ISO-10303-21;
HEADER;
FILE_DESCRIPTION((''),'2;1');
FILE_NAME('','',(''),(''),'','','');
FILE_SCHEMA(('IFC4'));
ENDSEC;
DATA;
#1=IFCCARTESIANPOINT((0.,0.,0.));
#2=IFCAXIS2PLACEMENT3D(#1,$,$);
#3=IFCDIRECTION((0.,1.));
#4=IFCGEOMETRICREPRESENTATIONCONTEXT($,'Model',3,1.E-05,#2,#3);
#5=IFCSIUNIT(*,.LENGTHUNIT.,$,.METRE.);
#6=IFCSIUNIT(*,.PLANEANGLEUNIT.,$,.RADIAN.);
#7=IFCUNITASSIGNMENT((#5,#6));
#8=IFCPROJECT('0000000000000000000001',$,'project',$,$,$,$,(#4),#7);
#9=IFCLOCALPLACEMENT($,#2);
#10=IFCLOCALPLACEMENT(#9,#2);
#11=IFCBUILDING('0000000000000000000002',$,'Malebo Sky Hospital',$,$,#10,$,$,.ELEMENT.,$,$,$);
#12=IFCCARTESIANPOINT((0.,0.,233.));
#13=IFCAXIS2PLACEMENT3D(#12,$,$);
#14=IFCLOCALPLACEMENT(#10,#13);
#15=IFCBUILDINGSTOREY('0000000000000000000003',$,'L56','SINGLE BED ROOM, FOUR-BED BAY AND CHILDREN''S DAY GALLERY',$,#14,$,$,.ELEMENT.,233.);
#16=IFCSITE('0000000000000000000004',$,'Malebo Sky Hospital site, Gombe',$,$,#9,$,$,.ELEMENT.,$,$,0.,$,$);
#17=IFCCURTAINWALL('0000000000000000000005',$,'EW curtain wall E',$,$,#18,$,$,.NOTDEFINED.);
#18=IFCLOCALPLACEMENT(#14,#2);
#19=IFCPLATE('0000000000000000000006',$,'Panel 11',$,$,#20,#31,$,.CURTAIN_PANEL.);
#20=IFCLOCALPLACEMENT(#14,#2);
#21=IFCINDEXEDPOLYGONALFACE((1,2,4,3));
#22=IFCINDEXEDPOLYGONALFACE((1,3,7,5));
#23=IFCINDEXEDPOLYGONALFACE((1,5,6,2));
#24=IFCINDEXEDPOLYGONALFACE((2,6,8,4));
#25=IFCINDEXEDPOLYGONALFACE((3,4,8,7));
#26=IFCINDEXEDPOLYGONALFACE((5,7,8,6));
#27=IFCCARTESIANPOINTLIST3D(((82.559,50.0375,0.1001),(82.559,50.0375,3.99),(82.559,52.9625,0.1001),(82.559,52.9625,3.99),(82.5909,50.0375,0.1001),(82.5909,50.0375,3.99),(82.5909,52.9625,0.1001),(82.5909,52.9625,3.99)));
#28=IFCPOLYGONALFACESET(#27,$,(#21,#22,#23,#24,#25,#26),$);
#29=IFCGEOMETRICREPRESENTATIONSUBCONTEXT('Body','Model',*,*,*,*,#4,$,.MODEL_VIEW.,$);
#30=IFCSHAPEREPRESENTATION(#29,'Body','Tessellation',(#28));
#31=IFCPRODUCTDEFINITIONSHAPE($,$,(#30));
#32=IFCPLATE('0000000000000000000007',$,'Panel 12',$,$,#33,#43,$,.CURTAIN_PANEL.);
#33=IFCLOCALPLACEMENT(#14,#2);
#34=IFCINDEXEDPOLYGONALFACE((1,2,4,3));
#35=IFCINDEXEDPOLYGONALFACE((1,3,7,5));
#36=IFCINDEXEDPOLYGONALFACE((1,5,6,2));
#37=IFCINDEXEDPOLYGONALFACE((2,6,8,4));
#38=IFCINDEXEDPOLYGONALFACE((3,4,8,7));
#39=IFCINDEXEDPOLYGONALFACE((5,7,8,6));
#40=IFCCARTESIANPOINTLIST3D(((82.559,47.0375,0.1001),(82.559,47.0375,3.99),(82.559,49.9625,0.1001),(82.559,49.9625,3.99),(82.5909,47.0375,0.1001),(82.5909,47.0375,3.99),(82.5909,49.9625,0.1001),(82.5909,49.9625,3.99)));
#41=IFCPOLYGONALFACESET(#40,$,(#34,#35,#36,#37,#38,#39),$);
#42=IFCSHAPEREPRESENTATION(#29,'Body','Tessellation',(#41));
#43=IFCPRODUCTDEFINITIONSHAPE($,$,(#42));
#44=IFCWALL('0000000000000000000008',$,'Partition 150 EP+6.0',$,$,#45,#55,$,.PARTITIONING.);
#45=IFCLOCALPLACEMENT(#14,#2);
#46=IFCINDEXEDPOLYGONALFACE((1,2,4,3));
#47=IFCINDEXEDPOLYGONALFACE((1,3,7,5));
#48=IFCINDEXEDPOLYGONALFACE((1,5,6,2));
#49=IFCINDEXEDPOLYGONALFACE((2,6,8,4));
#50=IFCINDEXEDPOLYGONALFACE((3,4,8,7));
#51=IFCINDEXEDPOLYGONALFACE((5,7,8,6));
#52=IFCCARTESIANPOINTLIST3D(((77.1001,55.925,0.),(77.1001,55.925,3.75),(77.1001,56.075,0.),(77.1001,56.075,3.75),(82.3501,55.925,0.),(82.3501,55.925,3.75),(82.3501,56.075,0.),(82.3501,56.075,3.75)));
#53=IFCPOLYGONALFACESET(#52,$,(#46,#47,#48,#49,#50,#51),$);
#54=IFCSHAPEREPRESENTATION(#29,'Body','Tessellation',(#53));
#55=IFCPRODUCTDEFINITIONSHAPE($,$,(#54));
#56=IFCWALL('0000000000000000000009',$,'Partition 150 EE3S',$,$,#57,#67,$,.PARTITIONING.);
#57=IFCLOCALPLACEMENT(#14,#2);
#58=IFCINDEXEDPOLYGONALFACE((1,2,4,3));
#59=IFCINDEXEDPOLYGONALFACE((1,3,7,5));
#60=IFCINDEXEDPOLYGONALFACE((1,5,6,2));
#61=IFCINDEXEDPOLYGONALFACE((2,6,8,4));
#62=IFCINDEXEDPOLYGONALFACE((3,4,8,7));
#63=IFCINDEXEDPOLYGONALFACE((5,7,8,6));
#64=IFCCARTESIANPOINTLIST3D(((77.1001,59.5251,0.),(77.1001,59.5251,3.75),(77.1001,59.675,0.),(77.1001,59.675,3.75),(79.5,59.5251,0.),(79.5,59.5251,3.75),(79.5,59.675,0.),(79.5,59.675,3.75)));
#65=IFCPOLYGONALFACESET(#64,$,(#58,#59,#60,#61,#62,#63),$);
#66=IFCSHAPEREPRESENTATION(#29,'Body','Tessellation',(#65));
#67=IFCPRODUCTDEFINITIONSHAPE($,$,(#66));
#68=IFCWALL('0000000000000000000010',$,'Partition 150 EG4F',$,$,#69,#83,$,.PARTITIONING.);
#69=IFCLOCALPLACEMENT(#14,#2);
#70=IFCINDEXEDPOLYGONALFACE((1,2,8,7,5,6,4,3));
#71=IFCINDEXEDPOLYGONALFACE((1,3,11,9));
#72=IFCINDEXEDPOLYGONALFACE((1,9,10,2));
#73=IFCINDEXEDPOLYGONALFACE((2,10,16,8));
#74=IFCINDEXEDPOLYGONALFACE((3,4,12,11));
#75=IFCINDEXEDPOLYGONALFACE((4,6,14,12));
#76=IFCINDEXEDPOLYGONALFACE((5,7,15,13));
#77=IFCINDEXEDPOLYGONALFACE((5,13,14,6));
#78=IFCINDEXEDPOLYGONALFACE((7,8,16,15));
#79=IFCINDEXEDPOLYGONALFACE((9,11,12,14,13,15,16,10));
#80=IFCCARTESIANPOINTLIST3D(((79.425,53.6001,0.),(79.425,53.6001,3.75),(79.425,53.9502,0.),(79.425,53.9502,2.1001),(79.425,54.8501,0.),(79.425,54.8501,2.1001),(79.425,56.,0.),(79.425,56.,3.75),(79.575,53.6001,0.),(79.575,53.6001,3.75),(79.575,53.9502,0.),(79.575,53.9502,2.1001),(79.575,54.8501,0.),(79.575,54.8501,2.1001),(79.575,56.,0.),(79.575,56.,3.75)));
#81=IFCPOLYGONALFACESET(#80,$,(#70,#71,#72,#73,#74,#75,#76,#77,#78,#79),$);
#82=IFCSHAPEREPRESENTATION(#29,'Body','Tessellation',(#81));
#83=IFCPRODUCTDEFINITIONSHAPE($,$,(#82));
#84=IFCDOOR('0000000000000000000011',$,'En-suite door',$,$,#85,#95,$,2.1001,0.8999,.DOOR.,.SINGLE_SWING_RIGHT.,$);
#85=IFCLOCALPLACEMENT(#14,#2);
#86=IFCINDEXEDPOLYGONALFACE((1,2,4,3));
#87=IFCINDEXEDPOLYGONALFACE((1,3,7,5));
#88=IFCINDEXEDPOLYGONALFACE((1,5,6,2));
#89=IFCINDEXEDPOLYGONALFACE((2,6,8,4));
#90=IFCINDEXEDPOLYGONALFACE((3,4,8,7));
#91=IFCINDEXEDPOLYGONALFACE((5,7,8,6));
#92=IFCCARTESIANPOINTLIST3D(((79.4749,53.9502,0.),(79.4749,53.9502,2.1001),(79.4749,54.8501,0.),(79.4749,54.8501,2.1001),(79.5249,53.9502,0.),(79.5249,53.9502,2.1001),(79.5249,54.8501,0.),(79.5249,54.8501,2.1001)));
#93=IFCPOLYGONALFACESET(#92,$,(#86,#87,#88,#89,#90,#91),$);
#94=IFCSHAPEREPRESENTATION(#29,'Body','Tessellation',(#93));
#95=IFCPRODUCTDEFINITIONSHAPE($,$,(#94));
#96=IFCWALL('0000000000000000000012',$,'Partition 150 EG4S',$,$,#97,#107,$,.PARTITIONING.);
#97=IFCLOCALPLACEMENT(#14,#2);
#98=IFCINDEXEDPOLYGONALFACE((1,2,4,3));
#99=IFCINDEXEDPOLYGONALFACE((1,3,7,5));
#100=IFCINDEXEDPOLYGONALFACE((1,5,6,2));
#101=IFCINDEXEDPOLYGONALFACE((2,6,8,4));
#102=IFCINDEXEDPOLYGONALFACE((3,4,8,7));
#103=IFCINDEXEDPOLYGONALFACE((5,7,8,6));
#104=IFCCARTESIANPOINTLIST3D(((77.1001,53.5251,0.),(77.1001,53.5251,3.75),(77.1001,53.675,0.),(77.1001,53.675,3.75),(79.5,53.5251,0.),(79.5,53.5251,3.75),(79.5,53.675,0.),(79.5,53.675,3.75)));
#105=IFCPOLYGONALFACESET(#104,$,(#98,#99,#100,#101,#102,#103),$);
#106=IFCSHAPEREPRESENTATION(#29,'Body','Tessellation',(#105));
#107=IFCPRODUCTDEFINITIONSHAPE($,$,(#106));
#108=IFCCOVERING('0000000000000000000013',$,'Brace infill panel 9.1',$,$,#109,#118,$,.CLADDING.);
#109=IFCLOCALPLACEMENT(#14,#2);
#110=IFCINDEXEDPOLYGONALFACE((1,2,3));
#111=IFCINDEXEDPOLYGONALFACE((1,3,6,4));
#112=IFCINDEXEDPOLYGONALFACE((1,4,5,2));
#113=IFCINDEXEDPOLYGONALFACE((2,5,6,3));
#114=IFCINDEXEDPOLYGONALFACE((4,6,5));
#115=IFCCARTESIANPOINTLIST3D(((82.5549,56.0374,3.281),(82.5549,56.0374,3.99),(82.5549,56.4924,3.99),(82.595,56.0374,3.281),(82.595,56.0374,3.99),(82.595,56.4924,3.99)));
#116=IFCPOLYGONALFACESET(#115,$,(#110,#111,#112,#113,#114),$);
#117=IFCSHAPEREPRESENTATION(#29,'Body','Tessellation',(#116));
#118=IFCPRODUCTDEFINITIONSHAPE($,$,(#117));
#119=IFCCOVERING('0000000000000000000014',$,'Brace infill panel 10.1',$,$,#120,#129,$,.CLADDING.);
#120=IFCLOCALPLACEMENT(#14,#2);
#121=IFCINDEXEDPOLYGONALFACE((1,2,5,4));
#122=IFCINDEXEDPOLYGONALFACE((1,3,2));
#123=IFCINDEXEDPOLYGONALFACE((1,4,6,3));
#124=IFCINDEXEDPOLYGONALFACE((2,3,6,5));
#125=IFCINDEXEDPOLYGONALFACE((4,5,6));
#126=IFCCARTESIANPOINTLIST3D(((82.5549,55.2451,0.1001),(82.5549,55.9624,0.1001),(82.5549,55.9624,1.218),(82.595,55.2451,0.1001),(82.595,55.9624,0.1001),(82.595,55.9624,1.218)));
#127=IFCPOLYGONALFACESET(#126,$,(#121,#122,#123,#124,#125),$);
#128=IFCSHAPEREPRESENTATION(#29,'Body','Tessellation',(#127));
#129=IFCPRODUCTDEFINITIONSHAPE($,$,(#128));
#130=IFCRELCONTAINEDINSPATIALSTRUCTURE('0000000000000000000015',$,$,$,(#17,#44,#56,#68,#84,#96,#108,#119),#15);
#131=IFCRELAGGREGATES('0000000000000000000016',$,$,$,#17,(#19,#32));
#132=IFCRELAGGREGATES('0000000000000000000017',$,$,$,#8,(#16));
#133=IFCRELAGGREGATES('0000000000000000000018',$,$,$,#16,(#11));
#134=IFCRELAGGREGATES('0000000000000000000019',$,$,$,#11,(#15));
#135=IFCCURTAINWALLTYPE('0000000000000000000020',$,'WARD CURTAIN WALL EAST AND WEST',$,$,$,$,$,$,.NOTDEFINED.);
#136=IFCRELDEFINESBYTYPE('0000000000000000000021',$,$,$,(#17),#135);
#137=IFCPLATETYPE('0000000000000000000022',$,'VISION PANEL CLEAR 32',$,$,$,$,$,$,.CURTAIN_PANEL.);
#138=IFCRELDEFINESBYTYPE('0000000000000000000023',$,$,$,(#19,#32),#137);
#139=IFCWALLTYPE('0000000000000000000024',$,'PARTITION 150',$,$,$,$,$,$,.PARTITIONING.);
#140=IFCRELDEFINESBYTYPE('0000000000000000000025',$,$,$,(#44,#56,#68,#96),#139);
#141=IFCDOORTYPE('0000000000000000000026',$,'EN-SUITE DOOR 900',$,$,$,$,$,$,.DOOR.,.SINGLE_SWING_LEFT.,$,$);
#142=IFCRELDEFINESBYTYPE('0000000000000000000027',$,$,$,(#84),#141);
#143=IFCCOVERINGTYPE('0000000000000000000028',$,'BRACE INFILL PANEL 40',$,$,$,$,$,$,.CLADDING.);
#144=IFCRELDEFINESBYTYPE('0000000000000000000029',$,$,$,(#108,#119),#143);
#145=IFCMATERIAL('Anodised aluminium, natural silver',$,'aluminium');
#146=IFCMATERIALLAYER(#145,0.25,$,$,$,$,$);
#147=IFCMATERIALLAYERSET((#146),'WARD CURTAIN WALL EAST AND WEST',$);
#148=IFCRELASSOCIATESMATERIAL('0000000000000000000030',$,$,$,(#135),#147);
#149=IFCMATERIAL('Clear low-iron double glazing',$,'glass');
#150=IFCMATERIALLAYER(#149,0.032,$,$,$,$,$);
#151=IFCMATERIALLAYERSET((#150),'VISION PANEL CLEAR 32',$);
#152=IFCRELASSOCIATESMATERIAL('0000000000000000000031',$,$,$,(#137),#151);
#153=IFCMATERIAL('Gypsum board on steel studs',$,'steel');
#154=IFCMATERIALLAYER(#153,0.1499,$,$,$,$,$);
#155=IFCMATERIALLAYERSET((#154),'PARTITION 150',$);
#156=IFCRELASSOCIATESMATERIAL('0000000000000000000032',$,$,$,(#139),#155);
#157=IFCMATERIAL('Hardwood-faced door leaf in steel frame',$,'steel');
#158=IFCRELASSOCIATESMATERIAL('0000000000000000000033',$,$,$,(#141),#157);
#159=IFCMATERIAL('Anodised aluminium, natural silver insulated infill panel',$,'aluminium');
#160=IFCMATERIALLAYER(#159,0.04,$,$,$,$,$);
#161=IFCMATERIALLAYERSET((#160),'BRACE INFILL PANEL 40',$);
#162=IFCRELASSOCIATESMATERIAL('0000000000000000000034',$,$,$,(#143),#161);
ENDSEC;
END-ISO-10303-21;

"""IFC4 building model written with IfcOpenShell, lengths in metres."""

from ifc_helpers import new_model, si_unit, direction, frame, frame_2d, origin, origin_2d, place, context, subcontext, project, spatial, polyline, rectangle, outline, extrude, material, layer, layer_set, type_object, element, fill, aggregate, save


model = new_model("IFC4")

# Units and contexts
model_context = context("Model", 3, precision=1e-05, world=origin(), true_north=direction((0.0, 1.0)))
body_context = subcontext(model_context, "Body", "Model", "MODEL_VIEW")
ifc_project = project(units=[si_unit("LENGTHUNIT", "METRE"), si_unit("PLANEANGLEUNIT", "RADIAN")], contexts=[model_context])

# Site, building, storey
site_placement = place(None, origin())
site = spatial("IfcSite", under=ifc_project, at=site_placement, Name="Malebo Sky Hospital site, Gombe", CompositionType="ELEMENT", RefElevation=0.0)
building_placement = place(site_placement, origin())
building = spatial("IfcBuilding", under=site, at=building_placement, Name="Malebo Sky Hospital", CompositionType="ELEMENT")
storey_placement = place(building_placement, frame((0.0, 0.0, 233.0)))
storey = spatial("IfcBuildingStorey", under=building, at=storey_placement, Name="L56", Description="SINGLE BED ROOM, FOUR-BED BAY AND CHILDREN'S DAY GALLERY", CompositionType="ELEMENT", Elevation=233.0)

# Curtain wall
ifc_material_1 = material(Name="Anodised aluminium, natural silver", Category="aluminium")
ifc_layer_1 = layer(ifc_material_1, 0.25)
ifc_layer_set_1 = layer_set([ifc_layer_1], Name="WARD CURTAIN WALL EAST AND WEST")
curtain_wall_type = type_object("IfcCurtainWallType", Name="WARD CURTAIN WALL EAST AND WEST", PredefinedType="NOTDEFINED", material=ifc_layer_set_1)
curtain_wall_placement = place(storey_placement, origin())
curtain_wall = element("IfcCurtainWall", 1, at=curtain_wall_placement, inside=storey, type_object=curtain_wall_type, Name="EW curtain wall E", PredefinedType="NOTDEFINED")

# Plates
ifc_material_2 = material(Name="Clear low-iron double glazing", Category="glass")
ifc_layer_2 = layer(ifc_material_2, 0.032)
ifc_layer_set_2 = layer_set([ifc_layer_2], Name="VISION PANEL CLEAR 32")
plate_type = type_object("IfcPlateType", Name="VISION PANEL CLEAR 32", PredefinedType="CURTAIN_PANEL", material=ifc_layer_set_2)
plate_1_placement = place(storey_placement, frame((82.575, 51.5, 0.1001), z_axis=(0.0, 0.0, 1.0), x_axis=(0.0, -1.0, 0.0)))
plate_1 = element("IfcPlate", 2, at=plate_1_placement, type_object=plate_type, Name="Panel 11", PredefinedType="CURTAIN_PANEL", context=body_context, shape_type="SweptSolid", body=[
    extrude(rectangle(XDim=2.925, YDim=0.032, at=origin_2d()), origin(), (0.0, 0.0, 1.0), 3.8899),
])
plate_2_placement = place(storey_placement, frame((82.575, 48.5, 0.1001), z_axis=(0.0, 0.0, 1.0), x_axis=(0.0, -1.0, 0.0)))
plate_2 = element("IfcPlate", 3, at=plate_2_placement, type_object=plate_type, Name="Panel 12", PredefinedType="CURTAIN_PANEL", context=body_context, shape_type="SweptSolid", body=[
    extrude(rectangle(XDim=2.925, YDim=0.032, at=origin_2d()), origin(), (0.0, 0.0, 1.0), 3.8899),
])
aggregate(curtain_wall, [plate_1, plate_2])

# Walls
ifc_material_3 = material(Name="Gypsum board on steel studs", Category="steel")
ifc_layer_3 = layer(ifc_material_3, 0.1499)
ifc_layer_set_3 = layer_set([ifc_layer_3], Name="PARTITION 150")
wall_type = type_object("IfcWallType", Name="PARTITION 150", PredefinedType="PARTITIONING", material=ifc_layer_set_3)
wall_1_placement = place(storey_placement, frame((77.1001, 56.0, 0.0), z_axis=(0.0, 0.0, 1.0), x_axis=(1.0, 0.0, 0.0)))
element("IfcWall", 4, at=wall_1_placement, inside=storey, type_object=wall_type, Name="Partition 150 EP+6.0", PredefinedType="PARTITIONING", context=body_context, shape_type="SweptSolid", body=[
    extrude(rectangle(XDim=5.25, YDim=0.1499, at=frame_2d((2.625, 0.0))), origin(), (0.0, 0.0, 1.0), 3.75),
])
wall_2_placement = place(storey_placement, frame((77.1001, 59.6001, 0.0), z_axis=(0.0, 0.0, 1.0), x_axis=(1.0, 0.0, 0.0)))
element("IfcWall", 5, at=wall_2_placement, inside=storey, type_object=wall_type, Name="Partition 150 EE3S", PredefinedType="PARTITIONING", context=body_context, shape_type="SweptSolid", body=[
    extrude(rectangle(XDim=2.3999, YDim=0.1499, at=frame_2d((1.2, 0.0))), origin(), (0.0, 0.0, 1.0), 3.75),
])

# Wall, opening, door
wall_3_placement = place(storey_placement, frame((79.5, 56.0, 0.0), z_axis=(0.0, 0.0, 1.0), x_axis=(0.0, -1.0, 0.0)))
wall_3 = element("IfcWall", 6, at=wall_3_placement, inside=storey, type_object=wall_type, Name="Partition 150 EG4F", PredefinedType="PARTITIONING", context=body_context, shape_type="SweptSolid", body=[
    extrude(rectangle(XDim=2.3999, YDim=0.1499, at=frame_2d((1.2, 0.0))), origin(), (0.0, 0.0, 1.0), 3.75),
])
opening_placement = place(wall_3_placement, frame((1.1499, 0.0, 0.0)))
opening = element("IfcOpeningElement", 7, at=opening_placement, cuts=wall_3, PredefinedType="OPENING", context=body_context, shape_type="SweptSolid", body=[
    extrude(rectangle(XDim=0.8999, YDim=2.1001, at=frame_2d((0.45, 1.05))), frame((0.0, 0.085, 0.0), z_axis=(0.0, -1.0, 0.0), x_axis=(1.0, 0.0, 0.0)), (0.0, 0.0, 1.0), 0.1699),
])
ifc_material_4 = material(Name="Hardwood-faced door leaf in steel frame", Category="steel")
door_type = type_object("IfcDoorType", Name="EN-SUITE DOOR 900", OperationType="SINGLE_SWING_LEFT", PredefinedType="DOOR", material=ifc_material_4)
door_placement = place(opening_placement, origin())
door = element("IfcDoor", 8, at=door_placement, inside=storey, type_object=door_type, Name="En-suite door", OperationType="SINGLE_SWING_RIGHT", OverallHeight=2.1001, OverallWidth=0.8999, PredefinedType="DOOR", context=body_context, shape_type="SweptSolid", body=[
    extrude(rectangle(XDim=0.8999, YDim=2.1001, at=frame_2d((0.45, 1.05))), frame((0.0, 0.0249, 0.0), z_axis=(0.0, -1.0, 0.0), x_axis=(1.0, 0.0, 0.0)), (0.0, 0.0, 1.0), 0.05),
])
fill(opening, door)

# Wall
wall_4_placement = place(storey_placement, frame((77.1001, 53.6001, 0.0), z_axis=(0.0, 0.0, 1.0), x_axis=(1.0, 0.0, 0.0)))
element("IfcWall", 9, at=wall_4_placement, inside=storey, type_object=wall_type, Name="Partition 150 EG4S", PredefinedType="PARTITIONING", context=body_context, shape_type="SweptSolid", body=[
    extrude(rectangle(XDim=2.3999, YDim=0.1499, at=frame_2d((1.2, 0.0))), origin(), (0.0, 0.0, 1.0), 3.75),
])

# Coverings
ifc_material_5 = material(Name="Anodised aluminium, natural silver insulated infill panel", Category="aluminium")
ifc_layer_4 = layer(ifc_material_5, 0.04)
ifc_layer_set_4 = layer_set([ifc_layer_4], Name="BRACE INFILL PANEL 40")
covering_type = type_object("IfcCoveringType", Name="BRACE INFILL PANEL 40", PredefinedType="CLADDING", material=ifc_layer_set_4)
covering_1_placement = place(storey_placement, frame((82.575, 56.2649, 3.281), z_axis=(0.0, 0.0, 1.0), x_axis=(0.0, -1.0, 0.0)))
element("IfcCovering", 10, at=covering_1_placement, inside=storey, type_object=covering_type, Name="Brace infill panel 9.1", PredefinedType="CLADDING", context=body_context, shape_type="SweptSolid", body=[
    extrude(outline(polyline([(0.2275, 0.0), (0.2275, 0.709), (-0.2275, 0.709), (0.2275, 0.0)])), frame((0.0, 0.02, 0.0), z_axis=(0.0, -1.0, 0.0), x_axis=(1.0, 0.0, 0.0)), (0.0, 0.0, 1.0), 0.04),
])
covering_2_placement = place(storey_placement, frame((82.575, 55.6038, 0.1001), z_axis=(0.0, 0.0, 1.0), x_axis=(0.0, -1.0, 0.0)))
element("IfcCovering", 11, at=covering_2_placement, inside=storey, type_object=covering_type, Name="Brace infill panel 10.1", PredefinedType="CLADDING", context=body_context, shape_type="SweptSolid", body=[
    extrude(outline(polyline([(-0.3586, 0.0), (0.3586, 0.0), (-0.3586, 1.1179), (-0.3586, 0.0)])), frame((0.0, 0.02, 0.0), z_axis=(0.0, -1.0, 0.0), x_axis=(1.0, 0.0, 0.0)), (0.0, 0.0, 1.0), 0.04),
])

save(model, "model.ifc")
